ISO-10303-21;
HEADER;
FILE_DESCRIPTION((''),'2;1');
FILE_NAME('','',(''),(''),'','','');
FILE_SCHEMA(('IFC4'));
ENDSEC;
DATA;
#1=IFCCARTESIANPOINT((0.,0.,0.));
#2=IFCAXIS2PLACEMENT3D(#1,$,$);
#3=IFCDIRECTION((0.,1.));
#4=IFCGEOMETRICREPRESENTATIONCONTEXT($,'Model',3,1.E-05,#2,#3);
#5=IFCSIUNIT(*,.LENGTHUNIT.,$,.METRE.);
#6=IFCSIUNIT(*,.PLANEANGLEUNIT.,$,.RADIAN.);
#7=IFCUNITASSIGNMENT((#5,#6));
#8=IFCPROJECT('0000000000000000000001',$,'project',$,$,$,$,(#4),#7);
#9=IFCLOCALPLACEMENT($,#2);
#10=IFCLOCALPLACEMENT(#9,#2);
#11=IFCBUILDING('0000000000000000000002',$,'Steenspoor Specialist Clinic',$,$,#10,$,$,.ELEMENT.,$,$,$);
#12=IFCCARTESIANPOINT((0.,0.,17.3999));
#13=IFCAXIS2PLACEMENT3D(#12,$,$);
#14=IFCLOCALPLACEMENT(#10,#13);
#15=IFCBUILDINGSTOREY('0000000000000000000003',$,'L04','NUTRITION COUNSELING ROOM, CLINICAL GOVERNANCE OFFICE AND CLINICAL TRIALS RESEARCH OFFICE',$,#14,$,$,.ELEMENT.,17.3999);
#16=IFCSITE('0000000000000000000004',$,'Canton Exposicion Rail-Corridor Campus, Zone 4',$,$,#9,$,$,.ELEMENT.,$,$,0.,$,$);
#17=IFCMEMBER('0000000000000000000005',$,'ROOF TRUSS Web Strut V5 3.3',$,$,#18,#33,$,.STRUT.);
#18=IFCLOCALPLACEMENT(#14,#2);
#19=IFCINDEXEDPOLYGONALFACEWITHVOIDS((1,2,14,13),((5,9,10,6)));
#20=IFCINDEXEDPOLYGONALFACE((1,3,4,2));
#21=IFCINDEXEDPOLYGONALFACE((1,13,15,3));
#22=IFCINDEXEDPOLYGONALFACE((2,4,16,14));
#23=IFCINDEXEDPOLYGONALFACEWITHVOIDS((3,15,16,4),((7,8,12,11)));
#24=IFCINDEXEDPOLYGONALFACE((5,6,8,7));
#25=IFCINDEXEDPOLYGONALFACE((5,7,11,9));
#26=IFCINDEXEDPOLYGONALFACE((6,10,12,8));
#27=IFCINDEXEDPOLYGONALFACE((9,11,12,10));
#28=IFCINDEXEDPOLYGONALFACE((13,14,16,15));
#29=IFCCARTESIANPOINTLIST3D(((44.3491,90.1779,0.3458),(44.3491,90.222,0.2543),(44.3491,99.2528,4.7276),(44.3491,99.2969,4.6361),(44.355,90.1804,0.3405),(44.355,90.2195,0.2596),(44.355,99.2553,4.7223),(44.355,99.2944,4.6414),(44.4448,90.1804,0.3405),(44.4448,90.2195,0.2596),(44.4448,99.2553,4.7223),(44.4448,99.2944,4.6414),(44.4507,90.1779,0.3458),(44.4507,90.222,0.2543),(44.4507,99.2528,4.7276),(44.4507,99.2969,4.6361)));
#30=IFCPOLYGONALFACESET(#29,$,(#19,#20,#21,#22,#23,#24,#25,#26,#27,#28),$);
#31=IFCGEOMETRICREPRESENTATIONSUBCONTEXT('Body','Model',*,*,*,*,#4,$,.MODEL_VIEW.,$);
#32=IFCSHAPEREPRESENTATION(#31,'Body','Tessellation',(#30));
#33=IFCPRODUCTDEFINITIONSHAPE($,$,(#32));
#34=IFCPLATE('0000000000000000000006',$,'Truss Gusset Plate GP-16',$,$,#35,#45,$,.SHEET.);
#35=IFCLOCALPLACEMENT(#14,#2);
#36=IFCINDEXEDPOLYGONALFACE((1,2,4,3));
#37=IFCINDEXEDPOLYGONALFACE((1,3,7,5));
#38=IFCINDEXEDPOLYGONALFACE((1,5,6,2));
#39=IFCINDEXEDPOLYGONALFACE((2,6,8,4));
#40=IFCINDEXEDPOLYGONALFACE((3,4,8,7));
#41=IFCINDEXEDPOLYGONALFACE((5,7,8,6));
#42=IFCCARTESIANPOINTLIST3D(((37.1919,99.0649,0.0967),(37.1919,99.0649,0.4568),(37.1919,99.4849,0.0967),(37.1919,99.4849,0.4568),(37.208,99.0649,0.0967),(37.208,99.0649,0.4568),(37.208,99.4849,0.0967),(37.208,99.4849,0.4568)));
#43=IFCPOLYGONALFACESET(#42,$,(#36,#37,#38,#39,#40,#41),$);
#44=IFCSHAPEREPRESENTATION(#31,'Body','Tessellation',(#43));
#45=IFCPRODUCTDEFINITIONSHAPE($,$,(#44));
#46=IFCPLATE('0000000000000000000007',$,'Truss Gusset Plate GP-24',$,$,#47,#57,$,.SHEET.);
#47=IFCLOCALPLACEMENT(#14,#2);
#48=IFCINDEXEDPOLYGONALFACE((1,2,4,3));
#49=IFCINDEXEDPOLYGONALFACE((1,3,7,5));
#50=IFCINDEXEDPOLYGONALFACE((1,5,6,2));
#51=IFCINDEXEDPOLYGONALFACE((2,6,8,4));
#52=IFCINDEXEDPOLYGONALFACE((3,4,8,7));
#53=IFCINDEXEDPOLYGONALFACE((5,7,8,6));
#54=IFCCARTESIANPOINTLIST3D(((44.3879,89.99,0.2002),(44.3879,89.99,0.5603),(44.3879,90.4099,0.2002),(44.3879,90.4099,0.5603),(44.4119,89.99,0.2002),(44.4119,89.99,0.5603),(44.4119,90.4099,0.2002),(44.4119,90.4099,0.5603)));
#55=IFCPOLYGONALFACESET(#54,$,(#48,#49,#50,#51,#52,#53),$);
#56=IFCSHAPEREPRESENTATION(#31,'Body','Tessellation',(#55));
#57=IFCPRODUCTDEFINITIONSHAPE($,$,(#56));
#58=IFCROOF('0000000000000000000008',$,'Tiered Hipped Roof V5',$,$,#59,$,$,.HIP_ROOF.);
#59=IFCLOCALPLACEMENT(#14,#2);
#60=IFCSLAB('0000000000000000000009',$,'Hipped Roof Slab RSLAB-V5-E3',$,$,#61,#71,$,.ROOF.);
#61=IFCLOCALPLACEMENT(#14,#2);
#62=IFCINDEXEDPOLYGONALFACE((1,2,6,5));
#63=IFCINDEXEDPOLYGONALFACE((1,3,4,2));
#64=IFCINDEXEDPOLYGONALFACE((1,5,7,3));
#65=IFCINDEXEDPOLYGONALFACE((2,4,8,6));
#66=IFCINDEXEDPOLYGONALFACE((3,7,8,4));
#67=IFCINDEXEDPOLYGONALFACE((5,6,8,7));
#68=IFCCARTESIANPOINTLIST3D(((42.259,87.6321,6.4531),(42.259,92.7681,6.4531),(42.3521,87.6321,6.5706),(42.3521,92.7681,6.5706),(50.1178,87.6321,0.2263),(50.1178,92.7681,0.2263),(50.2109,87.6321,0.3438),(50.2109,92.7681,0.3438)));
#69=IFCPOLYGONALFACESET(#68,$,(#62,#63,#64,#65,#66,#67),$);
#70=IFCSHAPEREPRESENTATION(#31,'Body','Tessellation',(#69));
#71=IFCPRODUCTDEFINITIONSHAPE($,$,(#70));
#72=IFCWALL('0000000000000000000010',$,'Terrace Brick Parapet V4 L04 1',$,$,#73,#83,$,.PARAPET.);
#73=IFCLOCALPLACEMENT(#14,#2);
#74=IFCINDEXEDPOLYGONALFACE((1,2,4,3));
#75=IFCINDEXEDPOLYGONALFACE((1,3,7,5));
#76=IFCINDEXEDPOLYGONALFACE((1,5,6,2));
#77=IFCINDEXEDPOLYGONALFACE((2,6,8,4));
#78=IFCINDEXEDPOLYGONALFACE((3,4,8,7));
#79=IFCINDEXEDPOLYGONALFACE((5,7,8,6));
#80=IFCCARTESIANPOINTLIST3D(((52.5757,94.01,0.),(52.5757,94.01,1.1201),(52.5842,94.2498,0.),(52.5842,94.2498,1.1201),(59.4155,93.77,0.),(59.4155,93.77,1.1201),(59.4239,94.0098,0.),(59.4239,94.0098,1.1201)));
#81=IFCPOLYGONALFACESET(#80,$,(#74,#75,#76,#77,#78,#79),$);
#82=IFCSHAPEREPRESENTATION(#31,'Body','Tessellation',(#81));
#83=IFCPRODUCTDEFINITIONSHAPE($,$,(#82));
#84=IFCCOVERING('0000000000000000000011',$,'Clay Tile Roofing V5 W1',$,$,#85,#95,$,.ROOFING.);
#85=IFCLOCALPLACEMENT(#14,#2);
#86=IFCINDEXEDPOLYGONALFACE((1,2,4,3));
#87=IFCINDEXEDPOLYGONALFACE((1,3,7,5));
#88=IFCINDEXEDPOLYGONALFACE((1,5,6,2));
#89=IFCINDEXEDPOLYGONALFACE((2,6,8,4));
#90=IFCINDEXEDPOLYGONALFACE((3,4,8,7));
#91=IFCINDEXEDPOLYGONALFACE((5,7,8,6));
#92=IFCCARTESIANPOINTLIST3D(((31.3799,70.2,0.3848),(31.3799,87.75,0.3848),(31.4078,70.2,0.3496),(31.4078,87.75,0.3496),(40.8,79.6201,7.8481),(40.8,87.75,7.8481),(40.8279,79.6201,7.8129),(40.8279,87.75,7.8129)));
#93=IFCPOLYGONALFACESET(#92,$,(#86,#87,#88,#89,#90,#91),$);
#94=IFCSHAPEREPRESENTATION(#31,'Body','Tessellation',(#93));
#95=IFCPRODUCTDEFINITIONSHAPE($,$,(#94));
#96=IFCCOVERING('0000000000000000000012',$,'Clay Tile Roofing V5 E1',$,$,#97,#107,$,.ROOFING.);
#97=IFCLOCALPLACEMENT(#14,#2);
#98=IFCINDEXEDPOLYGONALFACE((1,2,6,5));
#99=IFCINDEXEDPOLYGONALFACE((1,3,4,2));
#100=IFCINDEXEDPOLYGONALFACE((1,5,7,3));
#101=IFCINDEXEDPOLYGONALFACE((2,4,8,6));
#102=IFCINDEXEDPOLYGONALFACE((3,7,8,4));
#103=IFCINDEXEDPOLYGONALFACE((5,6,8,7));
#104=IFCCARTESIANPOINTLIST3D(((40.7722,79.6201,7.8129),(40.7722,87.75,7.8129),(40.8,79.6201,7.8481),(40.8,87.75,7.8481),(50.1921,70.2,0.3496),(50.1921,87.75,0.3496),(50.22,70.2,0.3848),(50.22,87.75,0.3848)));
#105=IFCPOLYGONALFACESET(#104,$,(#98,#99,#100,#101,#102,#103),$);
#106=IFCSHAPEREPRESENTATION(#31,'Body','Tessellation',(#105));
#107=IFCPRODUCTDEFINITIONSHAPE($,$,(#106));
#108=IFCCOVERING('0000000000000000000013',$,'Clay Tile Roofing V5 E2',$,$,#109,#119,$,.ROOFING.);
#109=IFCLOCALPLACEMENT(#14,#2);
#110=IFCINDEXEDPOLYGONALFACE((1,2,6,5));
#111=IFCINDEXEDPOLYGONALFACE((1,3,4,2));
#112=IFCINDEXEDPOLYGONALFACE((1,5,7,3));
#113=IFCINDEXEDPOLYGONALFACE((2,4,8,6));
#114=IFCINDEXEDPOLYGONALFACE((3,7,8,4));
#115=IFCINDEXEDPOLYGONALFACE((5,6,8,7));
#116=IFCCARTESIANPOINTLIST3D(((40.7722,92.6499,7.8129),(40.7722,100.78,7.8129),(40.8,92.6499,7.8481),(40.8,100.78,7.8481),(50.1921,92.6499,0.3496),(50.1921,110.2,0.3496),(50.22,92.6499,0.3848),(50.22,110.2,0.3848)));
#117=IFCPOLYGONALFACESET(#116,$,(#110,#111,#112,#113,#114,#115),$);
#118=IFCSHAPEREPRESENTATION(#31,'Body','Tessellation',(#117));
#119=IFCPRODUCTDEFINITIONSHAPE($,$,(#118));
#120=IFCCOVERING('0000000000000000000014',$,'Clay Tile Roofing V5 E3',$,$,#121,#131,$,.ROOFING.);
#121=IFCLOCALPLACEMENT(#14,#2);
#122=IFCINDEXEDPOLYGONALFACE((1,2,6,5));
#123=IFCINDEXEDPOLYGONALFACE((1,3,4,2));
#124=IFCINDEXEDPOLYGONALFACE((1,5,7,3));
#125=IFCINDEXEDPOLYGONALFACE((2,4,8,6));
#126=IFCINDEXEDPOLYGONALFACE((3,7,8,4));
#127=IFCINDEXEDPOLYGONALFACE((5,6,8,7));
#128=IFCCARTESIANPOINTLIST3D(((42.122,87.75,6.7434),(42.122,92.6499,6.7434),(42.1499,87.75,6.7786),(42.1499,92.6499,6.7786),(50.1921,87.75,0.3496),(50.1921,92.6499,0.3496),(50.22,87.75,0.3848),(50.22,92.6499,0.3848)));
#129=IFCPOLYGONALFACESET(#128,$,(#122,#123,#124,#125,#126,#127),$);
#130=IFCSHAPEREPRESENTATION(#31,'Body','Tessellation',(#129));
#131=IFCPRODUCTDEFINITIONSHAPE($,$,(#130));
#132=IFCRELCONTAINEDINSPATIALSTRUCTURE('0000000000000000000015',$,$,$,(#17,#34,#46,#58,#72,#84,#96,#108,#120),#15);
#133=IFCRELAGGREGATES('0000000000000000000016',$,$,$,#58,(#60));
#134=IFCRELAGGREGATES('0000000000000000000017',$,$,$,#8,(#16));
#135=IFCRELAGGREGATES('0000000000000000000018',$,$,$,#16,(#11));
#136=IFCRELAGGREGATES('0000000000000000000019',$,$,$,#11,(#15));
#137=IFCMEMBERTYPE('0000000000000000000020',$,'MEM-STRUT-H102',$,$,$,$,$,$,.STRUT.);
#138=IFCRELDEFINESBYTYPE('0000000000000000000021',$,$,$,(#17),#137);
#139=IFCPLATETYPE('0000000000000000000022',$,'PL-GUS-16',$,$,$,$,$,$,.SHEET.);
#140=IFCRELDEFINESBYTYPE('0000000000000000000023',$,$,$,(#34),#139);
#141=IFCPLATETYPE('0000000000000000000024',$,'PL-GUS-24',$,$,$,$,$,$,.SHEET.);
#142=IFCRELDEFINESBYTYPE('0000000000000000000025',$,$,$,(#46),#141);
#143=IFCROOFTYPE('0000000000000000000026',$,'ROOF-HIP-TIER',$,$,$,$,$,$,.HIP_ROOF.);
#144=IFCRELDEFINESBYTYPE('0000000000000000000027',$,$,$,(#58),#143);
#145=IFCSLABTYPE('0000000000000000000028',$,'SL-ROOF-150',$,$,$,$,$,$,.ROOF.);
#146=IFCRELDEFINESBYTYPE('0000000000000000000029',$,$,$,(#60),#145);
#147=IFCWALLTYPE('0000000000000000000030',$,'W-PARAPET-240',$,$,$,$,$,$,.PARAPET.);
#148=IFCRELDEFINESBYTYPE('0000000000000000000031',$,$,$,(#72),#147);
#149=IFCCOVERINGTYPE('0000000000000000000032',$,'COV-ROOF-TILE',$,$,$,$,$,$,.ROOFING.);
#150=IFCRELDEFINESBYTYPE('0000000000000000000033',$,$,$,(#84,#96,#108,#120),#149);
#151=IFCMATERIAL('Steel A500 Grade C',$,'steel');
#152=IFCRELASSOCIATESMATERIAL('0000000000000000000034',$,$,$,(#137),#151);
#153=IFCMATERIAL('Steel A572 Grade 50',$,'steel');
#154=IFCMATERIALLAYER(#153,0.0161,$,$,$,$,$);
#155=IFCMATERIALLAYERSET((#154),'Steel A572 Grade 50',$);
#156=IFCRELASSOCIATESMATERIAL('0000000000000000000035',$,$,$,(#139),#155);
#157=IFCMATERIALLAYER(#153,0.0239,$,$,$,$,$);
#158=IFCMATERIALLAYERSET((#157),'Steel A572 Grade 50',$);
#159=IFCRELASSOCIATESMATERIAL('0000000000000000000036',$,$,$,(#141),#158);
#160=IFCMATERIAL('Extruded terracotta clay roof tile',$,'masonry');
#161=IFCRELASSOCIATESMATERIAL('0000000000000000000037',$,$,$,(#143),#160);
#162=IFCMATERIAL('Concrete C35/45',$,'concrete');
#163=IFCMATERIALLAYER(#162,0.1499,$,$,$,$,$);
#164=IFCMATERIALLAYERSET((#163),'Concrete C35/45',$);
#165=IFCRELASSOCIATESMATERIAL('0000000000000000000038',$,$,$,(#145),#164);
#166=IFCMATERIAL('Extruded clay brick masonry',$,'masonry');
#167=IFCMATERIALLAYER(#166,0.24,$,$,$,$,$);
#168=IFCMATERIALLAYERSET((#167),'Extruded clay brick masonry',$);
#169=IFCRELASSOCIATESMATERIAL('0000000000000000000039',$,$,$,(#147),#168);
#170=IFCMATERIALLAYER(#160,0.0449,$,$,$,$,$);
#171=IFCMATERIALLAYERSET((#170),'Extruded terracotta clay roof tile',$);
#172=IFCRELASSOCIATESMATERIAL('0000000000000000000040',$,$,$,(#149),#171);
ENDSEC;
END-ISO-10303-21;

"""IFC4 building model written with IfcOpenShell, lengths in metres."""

from ifc_helpers import new_model, si_unit, direction, frame, frame_2d, origin, origin_2d, place, context, subcontext, project, spatial, polyline, rectangle, hollow_rectangle, outline, extrude, material, layer, layer_set, material_profile, profile_set, type_object, element, aggregate, save


model = new_model("IFC4")

# Units and contexts
model_context = context("Model", 3, precision=1e-05, world=origin(), true_north=direction((0.0, 1.0)))
body_context = subcontext(model_context, "Body", "Model", "MODEL_VIEW")
ifc_project = project(units=[si_unit("LENGTHUNIT", "METRE"), si_unit("PLANEANGLEUNIT", "RADIAN")], contexts=[model_context])

# Site, building, storey
site_placement = place(None, origin())
site = spatial("IfcSite", under=ifc_project, at=site_placement, Name="Canton Exposicion Rail-Corridor Campus, Zone 4", CompositionType="ELEMENT", RefElevation=0.0)
building_placement = place(site_placement, origin())
building = spatial("IfcBuilding", under=site, at=building_placement, Name="Steenspoor Specialist Clinic", CompositionType="ELEMENT")
storey_placement = place(building_placement, frame((0.0, 0.0, 17.3999)))
storey = spatial("IfcBuildingStorey", under=building, at=storey_placement, Name="L04", Description="NUTRITION COUNSELING ROOM, CLINICAL GOVERNANCE OFFICE AND CLINICAL TRIALS RESEARCH OFFICE", CompositionType="ELEMENT", Elevation=17.3999)

# Member
ifc_material_1 = material(Name="Steel A500 Grade C", Category="steel")
ifc_material_profile_1 = material_profile(ifc_material_1, hollow_rectangle(XDim=0.1016, YDim=0.1016, WallThickness=0.0059, at=origin_2d()), Name="HSS102X102X6.4")
ifc_profile_set_1 = profile_set([ifc_material_profile_1], Name="Steel A500 Grade C")
member_type_1 = type_object("IfcMemberType", Name="MEM-STRUT-H102", PredefinedType="STRUT", material=ifc_profile_set_1)
member_1_placement = place(storey_placement, frame((44.3999, 90.2, 0.3), z_axis=(0.0, 0.90052, 0.434815), x_axis=(-1.0, 0.0, 0.0)))
element("IfcMember", 1, at=member_1_placement, inside=storey, type_object=member_type_1, Name="ROOF TRUSS Web Strut V5 3.3", PredefinedType="STRUT", context=body_context, shape_type="SweptSolid", body=[
    extrude(hollow_rectangle(XDim=0.1016, YDim=0.1016, WallThickness=0.0059, at=origin_2d()), origin(), (0.0, 0.0, 1.0), 10.0774),
])

# Plates
ifc_material_2 = material(Name="Steel A572 Grade 50", Category="steel")
ifc_layer_1 = layer(ifc_material_2, 0.0161)
ifc_layer_set_1 = layer_set([ifc_layer_1], Name="Steel A572 Grade 50")
plate_type_1 = type_object("IfcPlateType", Name="PL-GUS-16", PredefinedType="SHEET", material=ifc_layer_set_1)
plate_1_placement = place(storey_placement, frame((37.2, 99.2749, 0.0967), z_axis=(0.0, 0.0, 1.0), x_axis=(1.0, 0.0, 0.0)))
element("IfcPlate", 2, at=plate_1_placement, inside=storey, type_object=plate_type_1, Name="Truss Gusset Plate GP-16", PredefinedType="SHEET", context=body_context, shape_type="SweptSolid", body=[
    extrude(rectangle(XDim=0.0161, YDim=0.4199, at=origin_2d()), origin(), (0.0, 0.0, 1.0), 0.3601),
])
ifc_layer_2 = layer(ifc_material_2, 0.0239)
ifc_layer_set_2 = layer_set([ifc_layer_2], Name="Steel A572 Grade 50")
plate_type_2 = type_object("IfcPlateType", Name="PL-GUS-24", PredefinedType="SHEET", material=ifc_layer_set_2)
plate_2_placement = place(storey_placement, frame((44.3999, 90.2, 0.2002), z_axis=(0.0, 0.0, 1.0), x_axis=(1.0, 0.0, 0.0)))
element("IfcPlate", 3, at=plate_2_placement, inside=storey, type_object=plate_type_2, Name="Truss Gusset Plate GP-24", PredefinedType="SHEET", context=body_context, shape_type="SweptSolid", body=[
    extrude(rectangle(XDim=0.0239, YDim=0.4199, at=origin_2d()), origin(), (0.0, 0.0, 1.0), 0.3601),
])

# Roof, slab
ifc_material_3 = material(Name="Extruded terracotta clay roof tile", Category="masonry")
roof_type = type_object("IfcRoofType", Name="ROOF-HIP-TIER", PredefinedType="HIP_ROOF", material=ifc_material_3)
roof_placement = place(storey_placement, origin())
roof = element("IfcRoof", 4, at=roof_placement, inside=storey, type_object=roof_type, Name="Tiered Hipped Roof V5", PredefinedType="HIP_ROOF")
ifc_material_4 = material(Name="Concrete C35/45", Category="concrete")
ifc_layer_3 = layer(ifc_material_4, 0.1499)
ifc_layer_set_3 = layer_set([ifc_layer_3], Name="Concrete C35/45")
slab_type = type_object("IfcSlabType", Name="SL-ROOF-150", PredefinedType="ROOF", material=ifc_layer_set_3)
slab_placement = place(storey_placement, frame((50.2109, 87.6321, 0.3438), z_axis=(0.621021, 0.0, 0.783794), x_axis=(0.0, 1.0, 0.0)))
slab = element("IfcSlab", 5, at=slab_placement, type_object=slab_type, Name="Hipped Roof Slab RSLAB-V5-E3", PredefinedType="ROOF", context=body_context, shape_type="SweptSolid", body=[
    extrude(outline(polyline([(0.0, 0.0), (5.136, 0.0), (5.136, 10.0267), (0.0, 10.0267), (0.0, 0.0)])), origin(), (0.0, 0.0, -1.0), 0.1499),
])
aggregate(roof, [slab])

# Wall
ifc_material_5 = material(Name="Extruded clay brick masonry", Category="masonry")
ifc_layer_4 = layer(ifc_material_5, 0.24)
ifc_layer_set_4 = layer_set([ifc_layer_4], Name="Extruded clay brick masonry")
wall_type = type_object("IfcWallType", Name="W-PARAPET-240", PredefinedType="PARAPET", material=ifc_layer_set_4)
wall_placement = place(storey_placement, frame((52.5801, 94.1299, 0.0), z_axis=(0.0, 0.0, 1.0), x_axis=(0.999385, -0.035066, 0.0)))
element("IfcWall", 6, at=wall_placement, inside=storey, type_object=wall_type, Name="Terrace Brick Parapet V4 L04 1", PredefinedType="PARAPET", context=body_context, shape_type="SweptSolid", body=[
    extrude(rectangle(XDim=6.844, YDim=0.24, at=frame_2d((3.4219, 0.0))), origin(), (0.0, 0.0, 1.0), 1.1201),
])

# Coverings
ifc_layer_5 = layer(ifc_material_3, 0.0449)
ifc_layer_set_5 = layer_set([ifc_layer_5], Name="Extruded terracotta clay roof tile")
covering_type = type_object("IfcCoveringType", Name="COV-ROOF-TILE", PredefinedType="ROOFING", material=ifc_layer_set_5)
covering_1_placement = place(storey_placement, frame((40.8, 87.75, 7.8481), z_axis=(-0.620997, 0.0, 0.783813), x_axis=(-0.783813, 0.0, -0.620997)))
element("IfcCovering", 7, at=covering_1_placement, inside=storey, type_object=covering_type, Name="Clay Tile Roofing V5 W1", PredefinedType="ROOFING", context=body_context, shape_type="SweptSolid", body=[
    extrude(outline(polyline([(0.0, 0.0), (12.0184, 0.0), (12.0184, 17.55), (0.0, 8.1299), (0.0, 0.0)])), origin(), (0.0, 0.0, -1.0), 0.0449),
])
covering_2_placement = place(storey_placement, frame((50.22, 87.75, 0.3848), z_axis=(0.621007, 0.0, 0.783805), x_axis=(-0.783805, 0.0, 0.621007)))
element("IfcCovering", 8, at=covering_2_placement, inside=storey, type_object=covering_type, Name="Clay Tile Roofing V5 E1", PredefinedType="ROOFING", context=body_context, shape_type="SweptSolid", body=[
    extrude(outline(polyline([(0.0, 0.0), (12.0182, 0.0), (12.0182, 8.1299), (0.0, 17.55), (0.0, 0.0)])), origin(), (0.0, 0.0, -1.0), 0.0449),
])
covering_3_placement = place(storey_placement, frame((40.8, 92.6499, 7.8481), z_axis=(0.621007, 0.0, 0.783805), x_axis=(0.783805, 0.0, -0.621007)))
element("IfcCovering", 9, at=covering_3_placement, inside=storey, type_object=covering_type, Name="Clay Tile Roofing V5 E2", PredefinedType="ROOFING", context=body_context, shape_type="SweptSolid", body=[
    extrude(outline(polyline([(0.0, 0.0), (12.0182, 0.0), (12.0182, 17.55), (0.0, 8.1301), (0.0, 0.0)])), origin(), (0.0, 0.0, -1.0), 0.0449),
])
covering_4_placement = place(storey_placement, frame((50.22, 92.6499, 0.3848), z_axis=(0.621001, 0.0, 0.78381), x_axis=(-0.78381, 0.0, 0.621001)))
element("IfcCovering", 10, at=covering_4_placement, inside=storey, type_object=covering_type, Name="Clay Tile Roofing V5 E3", PredefinedType="ROOFING", context=body_context, shape_type="SweptSolid", body=[
    extrude(outline(polyline([(0.0, 0.0), (10.296, 0.0), (10.296, 4.8999), (0.0, 4.8999), (0.0, 0.0)])), origin(), (0.0, 0.0, -1.0), 0.0449),
])

save(model, "model.ifc")
